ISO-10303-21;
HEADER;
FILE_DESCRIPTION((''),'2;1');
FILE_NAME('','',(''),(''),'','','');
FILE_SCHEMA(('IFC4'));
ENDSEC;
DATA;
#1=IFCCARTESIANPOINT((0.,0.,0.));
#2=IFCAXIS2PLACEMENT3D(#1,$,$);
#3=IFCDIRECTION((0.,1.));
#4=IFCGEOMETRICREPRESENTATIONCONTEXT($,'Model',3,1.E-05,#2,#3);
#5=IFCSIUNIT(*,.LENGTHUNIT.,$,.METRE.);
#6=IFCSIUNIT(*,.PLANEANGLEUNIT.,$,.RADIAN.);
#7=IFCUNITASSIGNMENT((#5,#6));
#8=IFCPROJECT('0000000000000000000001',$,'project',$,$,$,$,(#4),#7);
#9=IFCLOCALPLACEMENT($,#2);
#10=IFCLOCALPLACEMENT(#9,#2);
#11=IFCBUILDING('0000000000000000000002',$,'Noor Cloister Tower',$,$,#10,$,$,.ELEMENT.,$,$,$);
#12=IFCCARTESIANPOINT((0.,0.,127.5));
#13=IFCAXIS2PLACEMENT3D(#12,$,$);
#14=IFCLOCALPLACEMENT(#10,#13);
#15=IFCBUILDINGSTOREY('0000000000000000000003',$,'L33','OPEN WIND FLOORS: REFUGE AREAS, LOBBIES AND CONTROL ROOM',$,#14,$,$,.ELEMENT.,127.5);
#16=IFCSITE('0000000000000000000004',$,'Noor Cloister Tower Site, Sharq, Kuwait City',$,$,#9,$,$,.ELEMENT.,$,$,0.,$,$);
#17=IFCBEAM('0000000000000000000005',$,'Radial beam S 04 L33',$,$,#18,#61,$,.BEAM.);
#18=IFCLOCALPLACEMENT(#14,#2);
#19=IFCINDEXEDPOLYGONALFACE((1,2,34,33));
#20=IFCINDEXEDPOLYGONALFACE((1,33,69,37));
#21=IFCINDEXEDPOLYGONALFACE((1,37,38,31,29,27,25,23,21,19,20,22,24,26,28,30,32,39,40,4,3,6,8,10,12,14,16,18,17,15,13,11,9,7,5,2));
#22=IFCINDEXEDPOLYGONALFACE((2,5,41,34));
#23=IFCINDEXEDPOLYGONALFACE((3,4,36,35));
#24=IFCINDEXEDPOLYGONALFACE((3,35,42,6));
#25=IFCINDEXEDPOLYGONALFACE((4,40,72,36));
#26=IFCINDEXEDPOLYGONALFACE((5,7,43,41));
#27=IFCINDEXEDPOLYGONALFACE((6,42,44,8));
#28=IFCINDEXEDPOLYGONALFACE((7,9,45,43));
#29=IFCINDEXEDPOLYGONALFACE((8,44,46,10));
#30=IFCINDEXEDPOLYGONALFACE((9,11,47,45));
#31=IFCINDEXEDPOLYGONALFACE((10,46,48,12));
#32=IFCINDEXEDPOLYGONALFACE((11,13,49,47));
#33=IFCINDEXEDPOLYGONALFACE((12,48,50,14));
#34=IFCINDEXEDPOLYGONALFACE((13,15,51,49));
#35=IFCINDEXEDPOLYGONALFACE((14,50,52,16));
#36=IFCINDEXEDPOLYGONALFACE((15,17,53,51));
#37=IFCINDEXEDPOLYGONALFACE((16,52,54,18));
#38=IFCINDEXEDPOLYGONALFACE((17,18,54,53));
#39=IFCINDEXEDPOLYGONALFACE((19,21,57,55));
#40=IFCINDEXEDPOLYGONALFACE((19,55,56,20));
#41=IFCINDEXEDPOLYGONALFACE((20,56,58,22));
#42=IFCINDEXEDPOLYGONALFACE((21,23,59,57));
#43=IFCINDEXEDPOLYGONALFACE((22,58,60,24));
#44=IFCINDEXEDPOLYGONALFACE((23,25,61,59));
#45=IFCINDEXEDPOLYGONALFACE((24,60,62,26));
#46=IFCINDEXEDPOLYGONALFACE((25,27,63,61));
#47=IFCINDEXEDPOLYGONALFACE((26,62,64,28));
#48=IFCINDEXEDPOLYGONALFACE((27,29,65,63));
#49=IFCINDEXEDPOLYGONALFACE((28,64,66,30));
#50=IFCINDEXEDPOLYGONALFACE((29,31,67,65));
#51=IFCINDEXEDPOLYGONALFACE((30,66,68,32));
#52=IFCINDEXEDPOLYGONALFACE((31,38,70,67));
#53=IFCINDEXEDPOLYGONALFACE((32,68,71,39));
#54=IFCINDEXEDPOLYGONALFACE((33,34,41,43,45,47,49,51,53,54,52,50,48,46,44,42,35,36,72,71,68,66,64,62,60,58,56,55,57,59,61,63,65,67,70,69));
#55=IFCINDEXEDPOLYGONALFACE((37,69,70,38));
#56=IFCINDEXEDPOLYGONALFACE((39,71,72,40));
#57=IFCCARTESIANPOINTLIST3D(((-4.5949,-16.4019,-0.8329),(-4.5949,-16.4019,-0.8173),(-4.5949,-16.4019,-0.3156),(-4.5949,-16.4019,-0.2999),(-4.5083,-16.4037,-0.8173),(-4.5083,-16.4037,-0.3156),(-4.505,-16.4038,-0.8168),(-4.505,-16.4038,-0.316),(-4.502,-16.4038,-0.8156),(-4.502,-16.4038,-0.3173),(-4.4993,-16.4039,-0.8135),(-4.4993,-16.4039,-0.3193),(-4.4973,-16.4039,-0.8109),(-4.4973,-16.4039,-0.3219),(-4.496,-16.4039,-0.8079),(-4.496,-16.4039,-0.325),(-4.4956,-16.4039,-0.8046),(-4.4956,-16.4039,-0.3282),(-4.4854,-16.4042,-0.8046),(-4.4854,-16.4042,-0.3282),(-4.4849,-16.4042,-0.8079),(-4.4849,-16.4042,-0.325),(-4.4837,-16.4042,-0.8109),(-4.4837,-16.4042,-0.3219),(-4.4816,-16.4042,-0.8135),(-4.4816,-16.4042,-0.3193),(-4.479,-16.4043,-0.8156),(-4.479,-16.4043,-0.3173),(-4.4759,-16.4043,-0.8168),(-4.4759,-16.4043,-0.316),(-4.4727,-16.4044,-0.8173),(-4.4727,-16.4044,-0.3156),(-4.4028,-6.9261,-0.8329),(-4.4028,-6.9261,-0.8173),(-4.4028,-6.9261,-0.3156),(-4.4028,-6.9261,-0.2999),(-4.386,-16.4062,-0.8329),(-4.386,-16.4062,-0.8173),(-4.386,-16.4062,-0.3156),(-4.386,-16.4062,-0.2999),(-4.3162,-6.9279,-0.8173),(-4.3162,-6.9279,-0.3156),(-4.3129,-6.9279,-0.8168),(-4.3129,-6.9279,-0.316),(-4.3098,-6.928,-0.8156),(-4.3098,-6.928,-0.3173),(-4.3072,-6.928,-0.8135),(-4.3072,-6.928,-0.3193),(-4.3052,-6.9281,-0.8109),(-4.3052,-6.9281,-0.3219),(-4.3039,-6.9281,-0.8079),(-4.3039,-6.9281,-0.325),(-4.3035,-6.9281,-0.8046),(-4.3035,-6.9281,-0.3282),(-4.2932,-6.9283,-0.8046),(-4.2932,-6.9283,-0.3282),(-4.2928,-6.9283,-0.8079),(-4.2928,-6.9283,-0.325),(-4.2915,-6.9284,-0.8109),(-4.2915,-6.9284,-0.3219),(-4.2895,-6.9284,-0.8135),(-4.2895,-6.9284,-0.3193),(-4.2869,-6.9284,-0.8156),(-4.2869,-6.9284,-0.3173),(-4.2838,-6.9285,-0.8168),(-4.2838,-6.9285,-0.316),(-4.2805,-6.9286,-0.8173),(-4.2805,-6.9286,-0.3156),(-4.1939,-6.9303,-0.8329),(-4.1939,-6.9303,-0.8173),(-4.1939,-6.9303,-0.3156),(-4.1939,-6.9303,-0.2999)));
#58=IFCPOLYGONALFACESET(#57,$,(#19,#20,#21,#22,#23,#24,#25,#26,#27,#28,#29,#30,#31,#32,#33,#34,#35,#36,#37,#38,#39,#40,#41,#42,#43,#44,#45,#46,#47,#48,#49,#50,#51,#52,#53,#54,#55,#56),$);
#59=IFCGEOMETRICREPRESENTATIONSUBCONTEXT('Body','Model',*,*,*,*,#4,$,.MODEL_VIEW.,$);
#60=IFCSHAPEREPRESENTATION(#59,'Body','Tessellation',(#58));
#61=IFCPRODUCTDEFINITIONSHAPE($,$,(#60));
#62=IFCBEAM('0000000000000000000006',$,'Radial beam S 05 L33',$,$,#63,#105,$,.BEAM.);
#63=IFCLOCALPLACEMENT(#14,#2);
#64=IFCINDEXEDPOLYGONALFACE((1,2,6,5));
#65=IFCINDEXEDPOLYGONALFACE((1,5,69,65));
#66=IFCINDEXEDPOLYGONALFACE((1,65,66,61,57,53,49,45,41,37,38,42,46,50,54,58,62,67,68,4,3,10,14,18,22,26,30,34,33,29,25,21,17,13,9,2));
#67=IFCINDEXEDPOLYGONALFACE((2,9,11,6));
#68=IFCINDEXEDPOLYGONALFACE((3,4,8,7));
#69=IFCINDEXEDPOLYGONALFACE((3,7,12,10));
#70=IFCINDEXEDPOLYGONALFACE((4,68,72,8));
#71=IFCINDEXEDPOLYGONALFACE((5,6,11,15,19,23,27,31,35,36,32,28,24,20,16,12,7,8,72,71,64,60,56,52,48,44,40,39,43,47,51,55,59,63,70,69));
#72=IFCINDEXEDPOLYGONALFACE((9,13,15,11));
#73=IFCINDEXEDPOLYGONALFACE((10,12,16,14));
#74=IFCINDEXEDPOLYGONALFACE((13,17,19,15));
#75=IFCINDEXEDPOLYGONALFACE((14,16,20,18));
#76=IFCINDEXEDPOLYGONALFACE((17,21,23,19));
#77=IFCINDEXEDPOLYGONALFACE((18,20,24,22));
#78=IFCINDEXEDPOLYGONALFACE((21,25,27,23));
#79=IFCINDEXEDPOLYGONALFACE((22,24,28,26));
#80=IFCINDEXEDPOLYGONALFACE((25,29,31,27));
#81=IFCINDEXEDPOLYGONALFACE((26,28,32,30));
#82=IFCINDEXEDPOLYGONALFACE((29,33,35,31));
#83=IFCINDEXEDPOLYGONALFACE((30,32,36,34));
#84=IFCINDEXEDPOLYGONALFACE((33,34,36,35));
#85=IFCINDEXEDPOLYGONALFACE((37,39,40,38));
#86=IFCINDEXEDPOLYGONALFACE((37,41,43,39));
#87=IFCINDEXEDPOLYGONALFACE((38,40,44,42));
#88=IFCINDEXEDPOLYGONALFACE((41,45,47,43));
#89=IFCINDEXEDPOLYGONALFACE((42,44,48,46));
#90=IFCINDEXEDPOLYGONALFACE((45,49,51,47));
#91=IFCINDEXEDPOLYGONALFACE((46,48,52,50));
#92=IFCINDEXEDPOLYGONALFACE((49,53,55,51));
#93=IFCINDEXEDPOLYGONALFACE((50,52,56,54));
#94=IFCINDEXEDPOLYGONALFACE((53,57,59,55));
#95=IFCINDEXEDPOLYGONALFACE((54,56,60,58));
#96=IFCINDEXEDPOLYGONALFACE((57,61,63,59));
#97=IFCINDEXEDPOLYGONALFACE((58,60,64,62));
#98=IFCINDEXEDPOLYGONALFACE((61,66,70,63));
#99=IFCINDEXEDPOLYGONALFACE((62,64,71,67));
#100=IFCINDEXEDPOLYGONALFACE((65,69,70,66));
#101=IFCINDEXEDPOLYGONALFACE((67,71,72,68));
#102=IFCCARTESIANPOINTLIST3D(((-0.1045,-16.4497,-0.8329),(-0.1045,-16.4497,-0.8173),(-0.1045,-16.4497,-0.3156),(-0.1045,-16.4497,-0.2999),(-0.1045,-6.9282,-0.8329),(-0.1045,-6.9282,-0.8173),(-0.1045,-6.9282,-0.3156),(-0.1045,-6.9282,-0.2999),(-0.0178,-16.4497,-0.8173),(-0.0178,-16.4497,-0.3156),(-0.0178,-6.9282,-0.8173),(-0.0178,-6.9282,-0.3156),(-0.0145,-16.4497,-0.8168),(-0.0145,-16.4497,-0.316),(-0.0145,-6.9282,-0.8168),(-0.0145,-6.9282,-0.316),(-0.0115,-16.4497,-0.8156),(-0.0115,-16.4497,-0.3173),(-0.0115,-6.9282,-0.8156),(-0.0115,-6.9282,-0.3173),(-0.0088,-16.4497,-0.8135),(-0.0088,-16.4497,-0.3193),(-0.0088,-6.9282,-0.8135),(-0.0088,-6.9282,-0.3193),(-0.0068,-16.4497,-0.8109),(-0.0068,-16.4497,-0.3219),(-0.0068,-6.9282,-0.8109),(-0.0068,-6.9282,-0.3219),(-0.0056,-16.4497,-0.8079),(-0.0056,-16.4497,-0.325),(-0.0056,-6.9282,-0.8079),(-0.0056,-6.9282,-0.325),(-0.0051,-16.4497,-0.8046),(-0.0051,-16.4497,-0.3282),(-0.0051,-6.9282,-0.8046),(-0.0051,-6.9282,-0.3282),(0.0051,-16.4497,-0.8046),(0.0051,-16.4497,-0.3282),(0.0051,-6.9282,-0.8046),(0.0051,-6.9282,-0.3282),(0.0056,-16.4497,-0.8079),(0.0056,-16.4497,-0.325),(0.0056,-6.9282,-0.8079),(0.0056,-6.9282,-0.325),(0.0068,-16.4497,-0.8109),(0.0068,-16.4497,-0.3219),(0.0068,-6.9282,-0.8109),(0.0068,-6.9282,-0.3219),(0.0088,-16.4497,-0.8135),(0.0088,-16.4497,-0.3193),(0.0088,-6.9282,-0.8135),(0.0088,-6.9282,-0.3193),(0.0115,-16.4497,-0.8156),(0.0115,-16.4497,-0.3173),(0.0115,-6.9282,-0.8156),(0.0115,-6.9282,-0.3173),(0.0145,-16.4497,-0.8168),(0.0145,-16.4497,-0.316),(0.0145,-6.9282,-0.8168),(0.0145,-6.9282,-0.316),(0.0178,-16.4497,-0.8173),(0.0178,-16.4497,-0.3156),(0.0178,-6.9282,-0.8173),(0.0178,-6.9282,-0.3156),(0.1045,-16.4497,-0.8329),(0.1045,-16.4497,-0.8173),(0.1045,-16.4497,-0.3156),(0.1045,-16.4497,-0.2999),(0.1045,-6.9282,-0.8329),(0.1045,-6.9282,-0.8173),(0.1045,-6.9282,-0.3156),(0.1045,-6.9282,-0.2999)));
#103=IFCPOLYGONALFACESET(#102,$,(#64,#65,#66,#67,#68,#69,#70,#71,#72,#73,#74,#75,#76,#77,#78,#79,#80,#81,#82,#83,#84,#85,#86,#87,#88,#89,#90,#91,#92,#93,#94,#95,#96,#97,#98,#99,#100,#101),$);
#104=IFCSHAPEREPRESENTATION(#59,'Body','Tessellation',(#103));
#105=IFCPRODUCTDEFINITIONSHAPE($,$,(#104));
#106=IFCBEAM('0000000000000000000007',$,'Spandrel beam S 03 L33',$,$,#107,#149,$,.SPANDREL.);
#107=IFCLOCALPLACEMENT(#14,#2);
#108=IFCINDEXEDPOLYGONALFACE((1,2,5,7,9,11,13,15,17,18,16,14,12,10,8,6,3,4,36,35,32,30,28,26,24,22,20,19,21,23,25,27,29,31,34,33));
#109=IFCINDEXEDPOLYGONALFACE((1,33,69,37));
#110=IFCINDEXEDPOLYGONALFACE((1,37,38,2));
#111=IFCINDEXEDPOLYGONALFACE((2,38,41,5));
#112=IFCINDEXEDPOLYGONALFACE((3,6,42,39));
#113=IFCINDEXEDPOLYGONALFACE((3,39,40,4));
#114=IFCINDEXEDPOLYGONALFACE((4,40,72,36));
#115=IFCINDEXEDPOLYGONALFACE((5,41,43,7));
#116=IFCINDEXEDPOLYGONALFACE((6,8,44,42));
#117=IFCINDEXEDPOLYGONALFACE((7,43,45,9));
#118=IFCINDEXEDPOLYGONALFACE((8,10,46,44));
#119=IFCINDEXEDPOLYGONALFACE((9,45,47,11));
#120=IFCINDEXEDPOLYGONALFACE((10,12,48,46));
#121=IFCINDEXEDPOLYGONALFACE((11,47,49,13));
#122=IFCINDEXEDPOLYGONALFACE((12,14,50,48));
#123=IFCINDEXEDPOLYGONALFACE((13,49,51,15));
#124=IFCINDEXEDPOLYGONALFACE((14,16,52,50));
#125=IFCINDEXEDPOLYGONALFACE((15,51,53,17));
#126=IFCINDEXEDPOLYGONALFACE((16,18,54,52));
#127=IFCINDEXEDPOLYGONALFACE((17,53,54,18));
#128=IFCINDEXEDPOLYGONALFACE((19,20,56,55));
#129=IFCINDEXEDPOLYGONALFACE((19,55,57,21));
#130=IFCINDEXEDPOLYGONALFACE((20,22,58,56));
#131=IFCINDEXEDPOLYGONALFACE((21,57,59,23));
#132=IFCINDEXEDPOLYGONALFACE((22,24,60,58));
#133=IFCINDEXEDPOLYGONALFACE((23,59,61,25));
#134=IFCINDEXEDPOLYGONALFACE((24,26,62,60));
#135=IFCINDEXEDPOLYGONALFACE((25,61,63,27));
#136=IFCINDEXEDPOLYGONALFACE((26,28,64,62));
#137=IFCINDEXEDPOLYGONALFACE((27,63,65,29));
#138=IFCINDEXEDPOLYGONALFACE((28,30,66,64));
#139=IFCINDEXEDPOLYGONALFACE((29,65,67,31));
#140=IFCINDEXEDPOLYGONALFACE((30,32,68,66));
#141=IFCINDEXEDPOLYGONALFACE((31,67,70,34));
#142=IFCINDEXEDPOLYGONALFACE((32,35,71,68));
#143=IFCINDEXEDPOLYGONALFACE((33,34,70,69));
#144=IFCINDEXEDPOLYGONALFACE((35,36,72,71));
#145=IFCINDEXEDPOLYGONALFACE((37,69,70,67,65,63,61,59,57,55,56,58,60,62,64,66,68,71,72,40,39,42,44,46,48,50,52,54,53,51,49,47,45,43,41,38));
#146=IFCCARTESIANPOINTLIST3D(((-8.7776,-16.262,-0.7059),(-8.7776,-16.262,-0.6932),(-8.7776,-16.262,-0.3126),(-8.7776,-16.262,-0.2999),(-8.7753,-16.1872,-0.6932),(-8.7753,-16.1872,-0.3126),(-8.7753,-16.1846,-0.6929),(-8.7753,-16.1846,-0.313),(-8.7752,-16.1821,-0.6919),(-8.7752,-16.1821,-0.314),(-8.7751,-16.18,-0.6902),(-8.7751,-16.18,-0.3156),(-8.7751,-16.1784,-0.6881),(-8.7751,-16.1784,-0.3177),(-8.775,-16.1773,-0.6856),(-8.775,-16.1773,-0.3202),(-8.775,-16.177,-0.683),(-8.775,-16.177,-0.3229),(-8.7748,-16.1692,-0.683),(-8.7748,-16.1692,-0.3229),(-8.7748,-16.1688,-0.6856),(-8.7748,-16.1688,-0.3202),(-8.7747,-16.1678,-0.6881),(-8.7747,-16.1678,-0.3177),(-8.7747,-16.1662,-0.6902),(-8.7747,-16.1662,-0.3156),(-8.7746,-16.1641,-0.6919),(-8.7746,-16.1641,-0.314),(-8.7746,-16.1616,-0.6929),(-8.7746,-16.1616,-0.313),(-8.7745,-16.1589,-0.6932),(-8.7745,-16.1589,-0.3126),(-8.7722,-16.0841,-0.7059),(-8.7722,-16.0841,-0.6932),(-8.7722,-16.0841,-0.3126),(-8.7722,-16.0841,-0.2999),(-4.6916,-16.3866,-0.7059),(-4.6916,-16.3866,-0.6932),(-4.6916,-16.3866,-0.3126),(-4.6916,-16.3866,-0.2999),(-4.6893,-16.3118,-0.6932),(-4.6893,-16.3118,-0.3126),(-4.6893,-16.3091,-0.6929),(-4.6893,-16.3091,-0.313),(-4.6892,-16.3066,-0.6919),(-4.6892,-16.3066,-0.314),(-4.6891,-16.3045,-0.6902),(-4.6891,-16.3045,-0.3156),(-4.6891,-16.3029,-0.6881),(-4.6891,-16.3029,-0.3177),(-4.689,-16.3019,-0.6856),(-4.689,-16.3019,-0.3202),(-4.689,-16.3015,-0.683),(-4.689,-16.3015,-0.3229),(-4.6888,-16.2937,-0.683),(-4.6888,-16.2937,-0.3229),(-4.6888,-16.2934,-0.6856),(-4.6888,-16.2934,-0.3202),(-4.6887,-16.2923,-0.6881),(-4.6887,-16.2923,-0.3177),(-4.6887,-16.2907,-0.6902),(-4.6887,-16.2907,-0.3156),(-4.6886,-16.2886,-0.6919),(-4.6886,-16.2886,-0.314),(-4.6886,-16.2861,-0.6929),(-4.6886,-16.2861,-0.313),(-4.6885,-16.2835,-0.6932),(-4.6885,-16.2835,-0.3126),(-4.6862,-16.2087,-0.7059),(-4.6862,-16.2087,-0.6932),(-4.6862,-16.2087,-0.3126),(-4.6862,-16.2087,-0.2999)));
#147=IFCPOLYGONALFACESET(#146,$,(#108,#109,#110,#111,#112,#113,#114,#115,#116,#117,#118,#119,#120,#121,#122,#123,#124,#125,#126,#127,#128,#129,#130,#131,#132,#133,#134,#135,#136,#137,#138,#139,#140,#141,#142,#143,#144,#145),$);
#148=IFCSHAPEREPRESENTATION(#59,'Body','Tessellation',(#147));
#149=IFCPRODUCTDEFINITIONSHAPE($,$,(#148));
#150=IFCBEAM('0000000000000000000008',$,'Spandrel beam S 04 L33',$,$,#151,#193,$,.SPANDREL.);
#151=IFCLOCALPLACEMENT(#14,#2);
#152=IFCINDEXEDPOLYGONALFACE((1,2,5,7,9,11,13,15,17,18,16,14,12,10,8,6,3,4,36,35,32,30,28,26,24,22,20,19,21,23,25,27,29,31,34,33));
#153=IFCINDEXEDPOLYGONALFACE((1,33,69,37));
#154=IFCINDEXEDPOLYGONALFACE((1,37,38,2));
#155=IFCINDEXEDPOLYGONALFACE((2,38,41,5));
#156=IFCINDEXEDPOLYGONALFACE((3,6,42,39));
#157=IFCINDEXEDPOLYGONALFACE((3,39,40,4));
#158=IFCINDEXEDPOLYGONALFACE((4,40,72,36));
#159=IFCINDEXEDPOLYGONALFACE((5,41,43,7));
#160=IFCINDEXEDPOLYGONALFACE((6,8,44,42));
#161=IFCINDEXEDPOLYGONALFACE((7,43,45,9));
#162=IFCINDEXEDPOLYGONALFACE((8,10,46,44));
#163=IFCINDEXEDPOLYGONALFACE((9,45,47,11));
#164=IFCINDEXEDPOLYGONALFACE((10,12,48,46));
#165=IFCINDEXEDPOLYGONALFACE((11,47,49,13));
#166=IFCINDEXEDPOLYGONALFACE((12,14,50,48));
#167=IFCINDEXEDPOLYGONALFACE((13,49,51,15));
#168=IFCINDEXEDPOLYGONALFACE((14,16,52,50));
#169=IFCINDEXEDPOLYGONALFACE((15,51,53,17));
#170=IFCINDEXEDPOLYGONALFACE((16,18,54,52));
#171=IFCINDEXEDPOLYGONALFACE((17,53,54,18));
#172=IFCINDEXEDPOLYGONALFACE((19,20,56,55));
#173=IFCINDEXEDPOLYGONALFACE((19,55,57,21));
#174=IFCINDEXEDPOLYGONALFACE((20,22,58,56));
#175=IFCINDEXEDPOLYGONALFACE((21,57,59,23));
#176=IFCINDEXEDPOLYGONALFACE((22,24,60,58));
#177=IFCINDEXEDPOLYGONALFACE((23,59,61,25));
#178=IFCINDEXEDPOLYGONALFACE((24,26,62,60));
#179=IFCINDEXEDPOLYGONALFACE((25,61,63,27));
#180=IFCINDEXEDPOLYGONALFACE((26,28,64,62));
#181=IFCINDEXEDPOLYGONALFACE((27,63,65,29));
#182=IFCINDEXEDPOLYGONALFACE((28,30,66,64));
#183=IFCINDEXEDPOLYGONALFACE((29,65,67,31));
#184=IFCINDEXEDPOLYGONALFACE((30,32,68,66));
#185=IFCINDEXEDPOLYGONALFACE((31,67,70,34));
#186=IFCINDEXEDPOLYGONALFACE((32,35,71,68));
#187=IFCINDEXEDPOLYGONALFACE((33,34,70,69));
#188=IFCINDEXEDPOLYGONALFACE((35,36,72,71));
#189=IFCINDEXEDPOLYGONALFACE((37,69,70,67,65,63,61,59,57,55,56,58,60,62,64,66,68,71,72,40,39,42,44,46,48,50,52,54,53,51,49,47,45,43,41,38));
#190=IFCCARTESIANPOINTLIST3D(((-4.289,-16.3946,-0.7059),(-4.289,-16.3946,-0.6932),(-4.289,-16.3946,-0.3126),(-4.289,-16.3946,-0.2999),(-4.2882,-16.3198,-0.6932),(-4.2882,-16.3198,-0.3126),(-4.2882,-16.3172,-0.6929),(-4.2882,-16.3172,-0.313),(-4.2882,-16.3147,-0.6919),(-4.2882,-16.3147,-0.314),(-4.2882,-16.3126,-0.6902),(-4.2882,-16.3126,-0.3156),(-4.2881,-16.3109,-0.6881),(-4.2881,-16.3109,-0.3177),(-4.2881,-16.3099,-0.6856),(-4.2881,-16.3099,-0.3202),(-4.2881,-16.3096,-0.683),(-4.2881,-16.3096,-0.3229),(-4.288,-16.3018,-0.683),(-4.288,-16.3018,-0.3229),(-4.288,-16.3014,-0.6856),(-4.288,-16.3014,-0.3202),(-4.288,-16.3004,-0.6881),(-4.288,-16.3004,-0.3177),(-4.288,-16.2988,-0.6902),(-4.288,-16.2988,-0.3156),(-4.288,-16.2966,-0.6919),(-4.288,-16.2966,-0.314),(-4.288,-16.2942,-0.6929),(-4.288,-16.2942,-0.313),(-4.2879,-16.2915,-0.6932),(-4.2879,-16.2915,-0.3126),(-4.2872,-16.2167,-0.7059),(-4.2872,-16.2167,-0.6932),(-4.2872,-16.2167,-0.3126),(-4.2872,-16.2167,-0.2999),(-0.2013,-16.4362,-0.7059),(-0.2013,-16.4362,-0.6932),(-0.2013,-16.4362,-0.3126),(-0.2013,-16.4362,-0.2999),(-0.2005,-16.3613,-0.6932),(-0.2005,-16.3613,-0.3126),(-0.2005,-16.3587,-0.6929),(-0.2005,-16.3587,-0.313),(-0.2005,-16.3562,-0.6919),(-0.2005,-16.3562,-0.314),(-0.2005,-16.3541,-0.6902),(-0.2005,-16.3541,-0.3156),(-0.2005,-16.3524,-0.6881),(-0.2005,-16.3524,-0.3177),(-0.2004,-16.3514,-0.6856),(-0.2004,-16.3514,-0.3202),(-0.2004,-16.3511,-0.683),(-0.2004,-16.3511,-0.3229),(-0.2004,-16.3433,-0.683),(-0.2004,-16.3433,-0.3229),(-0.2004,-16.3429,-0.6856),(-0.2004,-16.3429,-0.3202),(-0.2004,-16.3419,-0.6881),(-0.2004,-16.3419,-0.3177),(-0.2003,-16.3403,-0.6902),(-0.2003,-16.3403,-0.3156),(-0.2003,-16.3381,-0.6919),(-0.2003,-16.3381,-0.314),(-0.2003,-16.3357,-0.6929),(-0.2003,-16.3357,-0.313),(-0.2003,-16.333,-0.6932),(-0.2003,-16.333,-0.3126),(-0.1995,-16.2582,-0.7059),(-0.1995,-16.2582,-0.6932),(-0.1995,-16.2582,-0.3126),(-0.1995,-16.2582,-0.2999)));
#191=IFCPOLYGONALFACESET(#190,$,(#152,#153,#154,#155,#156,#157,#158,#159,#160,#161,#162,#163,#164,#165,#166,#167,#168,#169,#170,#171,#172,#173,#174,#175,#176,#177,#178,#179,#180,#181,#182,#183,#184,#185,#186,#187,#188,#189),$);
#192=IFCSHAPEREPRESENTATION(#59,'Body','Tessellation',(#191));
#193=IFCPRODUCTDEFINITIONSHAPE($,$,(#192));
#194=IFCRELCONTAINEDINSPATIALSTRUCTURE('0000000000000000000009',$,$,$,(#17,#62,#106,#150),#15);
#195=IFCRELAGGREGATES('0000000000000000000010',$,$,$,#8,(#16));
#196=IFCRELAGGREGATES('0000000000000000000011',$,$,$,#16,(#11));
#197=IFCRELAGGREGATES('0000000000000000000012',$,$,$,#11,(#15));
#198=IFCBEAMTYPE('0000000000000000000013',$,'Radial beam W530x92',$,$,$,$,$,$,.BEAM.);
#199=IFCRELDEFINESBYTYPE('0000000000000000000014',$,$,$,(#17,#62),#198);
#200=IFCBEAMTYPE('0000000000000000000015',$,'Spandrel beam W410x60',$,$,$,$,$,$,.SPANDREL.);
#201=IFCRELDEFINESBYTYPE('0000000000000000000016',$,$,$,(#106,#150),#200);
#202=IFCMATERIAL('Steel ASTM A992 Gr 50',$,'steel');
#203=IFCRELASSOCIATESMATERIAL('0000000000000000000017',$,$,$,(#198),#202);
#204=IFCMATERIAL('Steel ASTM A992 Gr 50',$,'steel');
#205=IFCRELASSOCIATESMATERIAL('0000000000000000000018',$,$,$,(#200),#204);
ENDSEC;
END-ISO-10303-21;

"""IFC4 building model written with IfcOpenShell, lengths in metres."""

from ifc_helpers import new_model, si_unit, direction, frame, origin, origin_2d, place, context, subcontext, project, spatial, i_section, extrude, material, material_profile, profile_set, type_object, element, save


model = new_model("IFC4")

# Units and contexts
model_context = context("Model", 3, precision=1e-05, world=origin(), true_north=direction((0.0, 1.0)))
body_context = subcontext(model_context, "Body", "Model", "MODEL_VIEW")
ifc_project = project(units=[si_unit("LENGTHUNIT", "METRE"), si_unit("PLANEANGLEUNIT", "RADIAN")], contexts=[model_context])

# Site, building, storey
site_placement = place(None, origin())
site = spatial("IfcSite", under=ifc_project, at=site_placement, Name="Noor Cloister Tower Site, Sharq, Kuwait City", CompositionType="ELEMENT", RefElevation=0.0)
building_placement = place(site_placement, origin())
building = spatial("IfcBuilding", under=site, at=building_placement, Name="Noor Cloister Tower", CompositionType="ELEMENT")
storey_placement = place(building_placement, frame((0.0, 0.0, 127.5)))
storey = spatial("IfcBuildingStorey", under=building, at=storey_placement, Name="L33", Description="OPEN WIND FLOORS: REFUGE AREAS, LOBBIES AND CONTROL ROOM", CompositionType="ELEMENT", Elevation=127.5)

# Beams
ifc_material_1 = material(Name="Steel ASTM A992 Gr 50", Category="steel")
ifc_material_profile_1 = material_profile(ifc_material_1, i_section(OverallWidth=0.209, OverallDepth=0.533, WebThickness=0.0103, FlangeThickness=0.0156, FilletRadius=0.0127, at=origin_2d()), Name="W530x92")
ifc_profile_set_1 = profile_set([ifc_material_profile_1], Name="Steel ASTM A992 Gr 50")
beam_type_1 = type_object("IfcBeamType", Name="Radial beam W530x92", PredefinedType="BEAM", material=ifc_profile_set_1)
beam_1_placement = place(storey_placement, frame((-4.4905, -16.4041, -0.5664), z_axis=(0.020273, 0.999794, 0.0), x_axis=(-0.999794, 0.020273, 0.0)))
element("IfcBeam", 1, at=beam_1_placement, inside=storey, type_object=beam_type_1, Name="Radial beam S 04 L33", PredefinedType="BEAM", context=body_context, shape_type="SweptSolid", body=[
    extrude(i_section(OverallWidth=0.209, OverallDepth=0.533, WebThickness=0.0103, FlangeThickness=0.0156, FilletRadius=0.0127, at=origin_2d()), origin(), (0.0, 0.0, 1.0), 9.4778),
])
beam_2_placement = place(storey_placement, frame((0.0, -16.4497, -0.5664), z_axis=(0.0, 1.0, 0.0), x_axis=(-1.0, 0.0, 0.0)))
element("IfcBeam", 2, at=beam_2_placement, inside=storey, type_object=beam_type_1, Name="Radial beam S 05 L33", PredefinedType="BEAM", context=body_context, shape_type="SweptSolid", body=[
    extrude(i_section(OverallWidth=0.209, OverallDepth=0.533, WebThickness=0.0103, FlangeThickness=0.0156, FilletRadius=0.0127, at=origin_2d()), origin(), (0.0, 0.0, 1.0), 9.5215),
])
ifc_material_2 = material(Name="Steel ASTM A992 Gr 50", Category="steel")
ifc_material_profile_2 = material_profile(ifc_material_2, i_section(OverallWidth=0.178, OverallDepth=0.406, WebThickness=0.0078, FlangeThickness=0.0127, FilletRadius=0.0103, at=origin_2d()), Name="W410x60")
ifc_profile_set_2 = profile_set([ifc_material_profile_2], Name="Steel ASTM A992 Gr 50")
beam_type_2 = type_object("IfcBeamType", Name="Spandrel beam W410x60", PredefinedType="SPANDREL", material=ifc_profile_set_2)
for number, where, z_axis, x_axis, name in (
    (3, (-8.7749, -16.1731, -0.5029), (0.999536, -0.030459, 0.0), (0.030459, 0.999536, 0.0), "Spandrel beam S 03 L33"),
    (4, (-4.2881, -16.3057, -0.5029), (0.999948, -0.010153, 0.0), (0.010153, 0.999948, 0.0), "Spandrel beam S 04 L33"),
):
    element("IfcBeam", number, at=place(storey_placement, frame(where, z_axis=z_axis, x_axis=x_axis)), inside=storey, type_object=beam_type_2, Name=name, PredefinedType="SPANDREL", context=body_context, shape_type="SweptSolid", body=[
        extrude(i_section(OverallWidth=0.178, OverallDepth=0.406, WebThickness=0.0078, FlangeThickness=0.0127, FilletRadius=0.0103, at=origin_2d()), origin(), (0.0, 0.0, 1.0), 4.0879),
    ])

save(model, "model.ifc")
